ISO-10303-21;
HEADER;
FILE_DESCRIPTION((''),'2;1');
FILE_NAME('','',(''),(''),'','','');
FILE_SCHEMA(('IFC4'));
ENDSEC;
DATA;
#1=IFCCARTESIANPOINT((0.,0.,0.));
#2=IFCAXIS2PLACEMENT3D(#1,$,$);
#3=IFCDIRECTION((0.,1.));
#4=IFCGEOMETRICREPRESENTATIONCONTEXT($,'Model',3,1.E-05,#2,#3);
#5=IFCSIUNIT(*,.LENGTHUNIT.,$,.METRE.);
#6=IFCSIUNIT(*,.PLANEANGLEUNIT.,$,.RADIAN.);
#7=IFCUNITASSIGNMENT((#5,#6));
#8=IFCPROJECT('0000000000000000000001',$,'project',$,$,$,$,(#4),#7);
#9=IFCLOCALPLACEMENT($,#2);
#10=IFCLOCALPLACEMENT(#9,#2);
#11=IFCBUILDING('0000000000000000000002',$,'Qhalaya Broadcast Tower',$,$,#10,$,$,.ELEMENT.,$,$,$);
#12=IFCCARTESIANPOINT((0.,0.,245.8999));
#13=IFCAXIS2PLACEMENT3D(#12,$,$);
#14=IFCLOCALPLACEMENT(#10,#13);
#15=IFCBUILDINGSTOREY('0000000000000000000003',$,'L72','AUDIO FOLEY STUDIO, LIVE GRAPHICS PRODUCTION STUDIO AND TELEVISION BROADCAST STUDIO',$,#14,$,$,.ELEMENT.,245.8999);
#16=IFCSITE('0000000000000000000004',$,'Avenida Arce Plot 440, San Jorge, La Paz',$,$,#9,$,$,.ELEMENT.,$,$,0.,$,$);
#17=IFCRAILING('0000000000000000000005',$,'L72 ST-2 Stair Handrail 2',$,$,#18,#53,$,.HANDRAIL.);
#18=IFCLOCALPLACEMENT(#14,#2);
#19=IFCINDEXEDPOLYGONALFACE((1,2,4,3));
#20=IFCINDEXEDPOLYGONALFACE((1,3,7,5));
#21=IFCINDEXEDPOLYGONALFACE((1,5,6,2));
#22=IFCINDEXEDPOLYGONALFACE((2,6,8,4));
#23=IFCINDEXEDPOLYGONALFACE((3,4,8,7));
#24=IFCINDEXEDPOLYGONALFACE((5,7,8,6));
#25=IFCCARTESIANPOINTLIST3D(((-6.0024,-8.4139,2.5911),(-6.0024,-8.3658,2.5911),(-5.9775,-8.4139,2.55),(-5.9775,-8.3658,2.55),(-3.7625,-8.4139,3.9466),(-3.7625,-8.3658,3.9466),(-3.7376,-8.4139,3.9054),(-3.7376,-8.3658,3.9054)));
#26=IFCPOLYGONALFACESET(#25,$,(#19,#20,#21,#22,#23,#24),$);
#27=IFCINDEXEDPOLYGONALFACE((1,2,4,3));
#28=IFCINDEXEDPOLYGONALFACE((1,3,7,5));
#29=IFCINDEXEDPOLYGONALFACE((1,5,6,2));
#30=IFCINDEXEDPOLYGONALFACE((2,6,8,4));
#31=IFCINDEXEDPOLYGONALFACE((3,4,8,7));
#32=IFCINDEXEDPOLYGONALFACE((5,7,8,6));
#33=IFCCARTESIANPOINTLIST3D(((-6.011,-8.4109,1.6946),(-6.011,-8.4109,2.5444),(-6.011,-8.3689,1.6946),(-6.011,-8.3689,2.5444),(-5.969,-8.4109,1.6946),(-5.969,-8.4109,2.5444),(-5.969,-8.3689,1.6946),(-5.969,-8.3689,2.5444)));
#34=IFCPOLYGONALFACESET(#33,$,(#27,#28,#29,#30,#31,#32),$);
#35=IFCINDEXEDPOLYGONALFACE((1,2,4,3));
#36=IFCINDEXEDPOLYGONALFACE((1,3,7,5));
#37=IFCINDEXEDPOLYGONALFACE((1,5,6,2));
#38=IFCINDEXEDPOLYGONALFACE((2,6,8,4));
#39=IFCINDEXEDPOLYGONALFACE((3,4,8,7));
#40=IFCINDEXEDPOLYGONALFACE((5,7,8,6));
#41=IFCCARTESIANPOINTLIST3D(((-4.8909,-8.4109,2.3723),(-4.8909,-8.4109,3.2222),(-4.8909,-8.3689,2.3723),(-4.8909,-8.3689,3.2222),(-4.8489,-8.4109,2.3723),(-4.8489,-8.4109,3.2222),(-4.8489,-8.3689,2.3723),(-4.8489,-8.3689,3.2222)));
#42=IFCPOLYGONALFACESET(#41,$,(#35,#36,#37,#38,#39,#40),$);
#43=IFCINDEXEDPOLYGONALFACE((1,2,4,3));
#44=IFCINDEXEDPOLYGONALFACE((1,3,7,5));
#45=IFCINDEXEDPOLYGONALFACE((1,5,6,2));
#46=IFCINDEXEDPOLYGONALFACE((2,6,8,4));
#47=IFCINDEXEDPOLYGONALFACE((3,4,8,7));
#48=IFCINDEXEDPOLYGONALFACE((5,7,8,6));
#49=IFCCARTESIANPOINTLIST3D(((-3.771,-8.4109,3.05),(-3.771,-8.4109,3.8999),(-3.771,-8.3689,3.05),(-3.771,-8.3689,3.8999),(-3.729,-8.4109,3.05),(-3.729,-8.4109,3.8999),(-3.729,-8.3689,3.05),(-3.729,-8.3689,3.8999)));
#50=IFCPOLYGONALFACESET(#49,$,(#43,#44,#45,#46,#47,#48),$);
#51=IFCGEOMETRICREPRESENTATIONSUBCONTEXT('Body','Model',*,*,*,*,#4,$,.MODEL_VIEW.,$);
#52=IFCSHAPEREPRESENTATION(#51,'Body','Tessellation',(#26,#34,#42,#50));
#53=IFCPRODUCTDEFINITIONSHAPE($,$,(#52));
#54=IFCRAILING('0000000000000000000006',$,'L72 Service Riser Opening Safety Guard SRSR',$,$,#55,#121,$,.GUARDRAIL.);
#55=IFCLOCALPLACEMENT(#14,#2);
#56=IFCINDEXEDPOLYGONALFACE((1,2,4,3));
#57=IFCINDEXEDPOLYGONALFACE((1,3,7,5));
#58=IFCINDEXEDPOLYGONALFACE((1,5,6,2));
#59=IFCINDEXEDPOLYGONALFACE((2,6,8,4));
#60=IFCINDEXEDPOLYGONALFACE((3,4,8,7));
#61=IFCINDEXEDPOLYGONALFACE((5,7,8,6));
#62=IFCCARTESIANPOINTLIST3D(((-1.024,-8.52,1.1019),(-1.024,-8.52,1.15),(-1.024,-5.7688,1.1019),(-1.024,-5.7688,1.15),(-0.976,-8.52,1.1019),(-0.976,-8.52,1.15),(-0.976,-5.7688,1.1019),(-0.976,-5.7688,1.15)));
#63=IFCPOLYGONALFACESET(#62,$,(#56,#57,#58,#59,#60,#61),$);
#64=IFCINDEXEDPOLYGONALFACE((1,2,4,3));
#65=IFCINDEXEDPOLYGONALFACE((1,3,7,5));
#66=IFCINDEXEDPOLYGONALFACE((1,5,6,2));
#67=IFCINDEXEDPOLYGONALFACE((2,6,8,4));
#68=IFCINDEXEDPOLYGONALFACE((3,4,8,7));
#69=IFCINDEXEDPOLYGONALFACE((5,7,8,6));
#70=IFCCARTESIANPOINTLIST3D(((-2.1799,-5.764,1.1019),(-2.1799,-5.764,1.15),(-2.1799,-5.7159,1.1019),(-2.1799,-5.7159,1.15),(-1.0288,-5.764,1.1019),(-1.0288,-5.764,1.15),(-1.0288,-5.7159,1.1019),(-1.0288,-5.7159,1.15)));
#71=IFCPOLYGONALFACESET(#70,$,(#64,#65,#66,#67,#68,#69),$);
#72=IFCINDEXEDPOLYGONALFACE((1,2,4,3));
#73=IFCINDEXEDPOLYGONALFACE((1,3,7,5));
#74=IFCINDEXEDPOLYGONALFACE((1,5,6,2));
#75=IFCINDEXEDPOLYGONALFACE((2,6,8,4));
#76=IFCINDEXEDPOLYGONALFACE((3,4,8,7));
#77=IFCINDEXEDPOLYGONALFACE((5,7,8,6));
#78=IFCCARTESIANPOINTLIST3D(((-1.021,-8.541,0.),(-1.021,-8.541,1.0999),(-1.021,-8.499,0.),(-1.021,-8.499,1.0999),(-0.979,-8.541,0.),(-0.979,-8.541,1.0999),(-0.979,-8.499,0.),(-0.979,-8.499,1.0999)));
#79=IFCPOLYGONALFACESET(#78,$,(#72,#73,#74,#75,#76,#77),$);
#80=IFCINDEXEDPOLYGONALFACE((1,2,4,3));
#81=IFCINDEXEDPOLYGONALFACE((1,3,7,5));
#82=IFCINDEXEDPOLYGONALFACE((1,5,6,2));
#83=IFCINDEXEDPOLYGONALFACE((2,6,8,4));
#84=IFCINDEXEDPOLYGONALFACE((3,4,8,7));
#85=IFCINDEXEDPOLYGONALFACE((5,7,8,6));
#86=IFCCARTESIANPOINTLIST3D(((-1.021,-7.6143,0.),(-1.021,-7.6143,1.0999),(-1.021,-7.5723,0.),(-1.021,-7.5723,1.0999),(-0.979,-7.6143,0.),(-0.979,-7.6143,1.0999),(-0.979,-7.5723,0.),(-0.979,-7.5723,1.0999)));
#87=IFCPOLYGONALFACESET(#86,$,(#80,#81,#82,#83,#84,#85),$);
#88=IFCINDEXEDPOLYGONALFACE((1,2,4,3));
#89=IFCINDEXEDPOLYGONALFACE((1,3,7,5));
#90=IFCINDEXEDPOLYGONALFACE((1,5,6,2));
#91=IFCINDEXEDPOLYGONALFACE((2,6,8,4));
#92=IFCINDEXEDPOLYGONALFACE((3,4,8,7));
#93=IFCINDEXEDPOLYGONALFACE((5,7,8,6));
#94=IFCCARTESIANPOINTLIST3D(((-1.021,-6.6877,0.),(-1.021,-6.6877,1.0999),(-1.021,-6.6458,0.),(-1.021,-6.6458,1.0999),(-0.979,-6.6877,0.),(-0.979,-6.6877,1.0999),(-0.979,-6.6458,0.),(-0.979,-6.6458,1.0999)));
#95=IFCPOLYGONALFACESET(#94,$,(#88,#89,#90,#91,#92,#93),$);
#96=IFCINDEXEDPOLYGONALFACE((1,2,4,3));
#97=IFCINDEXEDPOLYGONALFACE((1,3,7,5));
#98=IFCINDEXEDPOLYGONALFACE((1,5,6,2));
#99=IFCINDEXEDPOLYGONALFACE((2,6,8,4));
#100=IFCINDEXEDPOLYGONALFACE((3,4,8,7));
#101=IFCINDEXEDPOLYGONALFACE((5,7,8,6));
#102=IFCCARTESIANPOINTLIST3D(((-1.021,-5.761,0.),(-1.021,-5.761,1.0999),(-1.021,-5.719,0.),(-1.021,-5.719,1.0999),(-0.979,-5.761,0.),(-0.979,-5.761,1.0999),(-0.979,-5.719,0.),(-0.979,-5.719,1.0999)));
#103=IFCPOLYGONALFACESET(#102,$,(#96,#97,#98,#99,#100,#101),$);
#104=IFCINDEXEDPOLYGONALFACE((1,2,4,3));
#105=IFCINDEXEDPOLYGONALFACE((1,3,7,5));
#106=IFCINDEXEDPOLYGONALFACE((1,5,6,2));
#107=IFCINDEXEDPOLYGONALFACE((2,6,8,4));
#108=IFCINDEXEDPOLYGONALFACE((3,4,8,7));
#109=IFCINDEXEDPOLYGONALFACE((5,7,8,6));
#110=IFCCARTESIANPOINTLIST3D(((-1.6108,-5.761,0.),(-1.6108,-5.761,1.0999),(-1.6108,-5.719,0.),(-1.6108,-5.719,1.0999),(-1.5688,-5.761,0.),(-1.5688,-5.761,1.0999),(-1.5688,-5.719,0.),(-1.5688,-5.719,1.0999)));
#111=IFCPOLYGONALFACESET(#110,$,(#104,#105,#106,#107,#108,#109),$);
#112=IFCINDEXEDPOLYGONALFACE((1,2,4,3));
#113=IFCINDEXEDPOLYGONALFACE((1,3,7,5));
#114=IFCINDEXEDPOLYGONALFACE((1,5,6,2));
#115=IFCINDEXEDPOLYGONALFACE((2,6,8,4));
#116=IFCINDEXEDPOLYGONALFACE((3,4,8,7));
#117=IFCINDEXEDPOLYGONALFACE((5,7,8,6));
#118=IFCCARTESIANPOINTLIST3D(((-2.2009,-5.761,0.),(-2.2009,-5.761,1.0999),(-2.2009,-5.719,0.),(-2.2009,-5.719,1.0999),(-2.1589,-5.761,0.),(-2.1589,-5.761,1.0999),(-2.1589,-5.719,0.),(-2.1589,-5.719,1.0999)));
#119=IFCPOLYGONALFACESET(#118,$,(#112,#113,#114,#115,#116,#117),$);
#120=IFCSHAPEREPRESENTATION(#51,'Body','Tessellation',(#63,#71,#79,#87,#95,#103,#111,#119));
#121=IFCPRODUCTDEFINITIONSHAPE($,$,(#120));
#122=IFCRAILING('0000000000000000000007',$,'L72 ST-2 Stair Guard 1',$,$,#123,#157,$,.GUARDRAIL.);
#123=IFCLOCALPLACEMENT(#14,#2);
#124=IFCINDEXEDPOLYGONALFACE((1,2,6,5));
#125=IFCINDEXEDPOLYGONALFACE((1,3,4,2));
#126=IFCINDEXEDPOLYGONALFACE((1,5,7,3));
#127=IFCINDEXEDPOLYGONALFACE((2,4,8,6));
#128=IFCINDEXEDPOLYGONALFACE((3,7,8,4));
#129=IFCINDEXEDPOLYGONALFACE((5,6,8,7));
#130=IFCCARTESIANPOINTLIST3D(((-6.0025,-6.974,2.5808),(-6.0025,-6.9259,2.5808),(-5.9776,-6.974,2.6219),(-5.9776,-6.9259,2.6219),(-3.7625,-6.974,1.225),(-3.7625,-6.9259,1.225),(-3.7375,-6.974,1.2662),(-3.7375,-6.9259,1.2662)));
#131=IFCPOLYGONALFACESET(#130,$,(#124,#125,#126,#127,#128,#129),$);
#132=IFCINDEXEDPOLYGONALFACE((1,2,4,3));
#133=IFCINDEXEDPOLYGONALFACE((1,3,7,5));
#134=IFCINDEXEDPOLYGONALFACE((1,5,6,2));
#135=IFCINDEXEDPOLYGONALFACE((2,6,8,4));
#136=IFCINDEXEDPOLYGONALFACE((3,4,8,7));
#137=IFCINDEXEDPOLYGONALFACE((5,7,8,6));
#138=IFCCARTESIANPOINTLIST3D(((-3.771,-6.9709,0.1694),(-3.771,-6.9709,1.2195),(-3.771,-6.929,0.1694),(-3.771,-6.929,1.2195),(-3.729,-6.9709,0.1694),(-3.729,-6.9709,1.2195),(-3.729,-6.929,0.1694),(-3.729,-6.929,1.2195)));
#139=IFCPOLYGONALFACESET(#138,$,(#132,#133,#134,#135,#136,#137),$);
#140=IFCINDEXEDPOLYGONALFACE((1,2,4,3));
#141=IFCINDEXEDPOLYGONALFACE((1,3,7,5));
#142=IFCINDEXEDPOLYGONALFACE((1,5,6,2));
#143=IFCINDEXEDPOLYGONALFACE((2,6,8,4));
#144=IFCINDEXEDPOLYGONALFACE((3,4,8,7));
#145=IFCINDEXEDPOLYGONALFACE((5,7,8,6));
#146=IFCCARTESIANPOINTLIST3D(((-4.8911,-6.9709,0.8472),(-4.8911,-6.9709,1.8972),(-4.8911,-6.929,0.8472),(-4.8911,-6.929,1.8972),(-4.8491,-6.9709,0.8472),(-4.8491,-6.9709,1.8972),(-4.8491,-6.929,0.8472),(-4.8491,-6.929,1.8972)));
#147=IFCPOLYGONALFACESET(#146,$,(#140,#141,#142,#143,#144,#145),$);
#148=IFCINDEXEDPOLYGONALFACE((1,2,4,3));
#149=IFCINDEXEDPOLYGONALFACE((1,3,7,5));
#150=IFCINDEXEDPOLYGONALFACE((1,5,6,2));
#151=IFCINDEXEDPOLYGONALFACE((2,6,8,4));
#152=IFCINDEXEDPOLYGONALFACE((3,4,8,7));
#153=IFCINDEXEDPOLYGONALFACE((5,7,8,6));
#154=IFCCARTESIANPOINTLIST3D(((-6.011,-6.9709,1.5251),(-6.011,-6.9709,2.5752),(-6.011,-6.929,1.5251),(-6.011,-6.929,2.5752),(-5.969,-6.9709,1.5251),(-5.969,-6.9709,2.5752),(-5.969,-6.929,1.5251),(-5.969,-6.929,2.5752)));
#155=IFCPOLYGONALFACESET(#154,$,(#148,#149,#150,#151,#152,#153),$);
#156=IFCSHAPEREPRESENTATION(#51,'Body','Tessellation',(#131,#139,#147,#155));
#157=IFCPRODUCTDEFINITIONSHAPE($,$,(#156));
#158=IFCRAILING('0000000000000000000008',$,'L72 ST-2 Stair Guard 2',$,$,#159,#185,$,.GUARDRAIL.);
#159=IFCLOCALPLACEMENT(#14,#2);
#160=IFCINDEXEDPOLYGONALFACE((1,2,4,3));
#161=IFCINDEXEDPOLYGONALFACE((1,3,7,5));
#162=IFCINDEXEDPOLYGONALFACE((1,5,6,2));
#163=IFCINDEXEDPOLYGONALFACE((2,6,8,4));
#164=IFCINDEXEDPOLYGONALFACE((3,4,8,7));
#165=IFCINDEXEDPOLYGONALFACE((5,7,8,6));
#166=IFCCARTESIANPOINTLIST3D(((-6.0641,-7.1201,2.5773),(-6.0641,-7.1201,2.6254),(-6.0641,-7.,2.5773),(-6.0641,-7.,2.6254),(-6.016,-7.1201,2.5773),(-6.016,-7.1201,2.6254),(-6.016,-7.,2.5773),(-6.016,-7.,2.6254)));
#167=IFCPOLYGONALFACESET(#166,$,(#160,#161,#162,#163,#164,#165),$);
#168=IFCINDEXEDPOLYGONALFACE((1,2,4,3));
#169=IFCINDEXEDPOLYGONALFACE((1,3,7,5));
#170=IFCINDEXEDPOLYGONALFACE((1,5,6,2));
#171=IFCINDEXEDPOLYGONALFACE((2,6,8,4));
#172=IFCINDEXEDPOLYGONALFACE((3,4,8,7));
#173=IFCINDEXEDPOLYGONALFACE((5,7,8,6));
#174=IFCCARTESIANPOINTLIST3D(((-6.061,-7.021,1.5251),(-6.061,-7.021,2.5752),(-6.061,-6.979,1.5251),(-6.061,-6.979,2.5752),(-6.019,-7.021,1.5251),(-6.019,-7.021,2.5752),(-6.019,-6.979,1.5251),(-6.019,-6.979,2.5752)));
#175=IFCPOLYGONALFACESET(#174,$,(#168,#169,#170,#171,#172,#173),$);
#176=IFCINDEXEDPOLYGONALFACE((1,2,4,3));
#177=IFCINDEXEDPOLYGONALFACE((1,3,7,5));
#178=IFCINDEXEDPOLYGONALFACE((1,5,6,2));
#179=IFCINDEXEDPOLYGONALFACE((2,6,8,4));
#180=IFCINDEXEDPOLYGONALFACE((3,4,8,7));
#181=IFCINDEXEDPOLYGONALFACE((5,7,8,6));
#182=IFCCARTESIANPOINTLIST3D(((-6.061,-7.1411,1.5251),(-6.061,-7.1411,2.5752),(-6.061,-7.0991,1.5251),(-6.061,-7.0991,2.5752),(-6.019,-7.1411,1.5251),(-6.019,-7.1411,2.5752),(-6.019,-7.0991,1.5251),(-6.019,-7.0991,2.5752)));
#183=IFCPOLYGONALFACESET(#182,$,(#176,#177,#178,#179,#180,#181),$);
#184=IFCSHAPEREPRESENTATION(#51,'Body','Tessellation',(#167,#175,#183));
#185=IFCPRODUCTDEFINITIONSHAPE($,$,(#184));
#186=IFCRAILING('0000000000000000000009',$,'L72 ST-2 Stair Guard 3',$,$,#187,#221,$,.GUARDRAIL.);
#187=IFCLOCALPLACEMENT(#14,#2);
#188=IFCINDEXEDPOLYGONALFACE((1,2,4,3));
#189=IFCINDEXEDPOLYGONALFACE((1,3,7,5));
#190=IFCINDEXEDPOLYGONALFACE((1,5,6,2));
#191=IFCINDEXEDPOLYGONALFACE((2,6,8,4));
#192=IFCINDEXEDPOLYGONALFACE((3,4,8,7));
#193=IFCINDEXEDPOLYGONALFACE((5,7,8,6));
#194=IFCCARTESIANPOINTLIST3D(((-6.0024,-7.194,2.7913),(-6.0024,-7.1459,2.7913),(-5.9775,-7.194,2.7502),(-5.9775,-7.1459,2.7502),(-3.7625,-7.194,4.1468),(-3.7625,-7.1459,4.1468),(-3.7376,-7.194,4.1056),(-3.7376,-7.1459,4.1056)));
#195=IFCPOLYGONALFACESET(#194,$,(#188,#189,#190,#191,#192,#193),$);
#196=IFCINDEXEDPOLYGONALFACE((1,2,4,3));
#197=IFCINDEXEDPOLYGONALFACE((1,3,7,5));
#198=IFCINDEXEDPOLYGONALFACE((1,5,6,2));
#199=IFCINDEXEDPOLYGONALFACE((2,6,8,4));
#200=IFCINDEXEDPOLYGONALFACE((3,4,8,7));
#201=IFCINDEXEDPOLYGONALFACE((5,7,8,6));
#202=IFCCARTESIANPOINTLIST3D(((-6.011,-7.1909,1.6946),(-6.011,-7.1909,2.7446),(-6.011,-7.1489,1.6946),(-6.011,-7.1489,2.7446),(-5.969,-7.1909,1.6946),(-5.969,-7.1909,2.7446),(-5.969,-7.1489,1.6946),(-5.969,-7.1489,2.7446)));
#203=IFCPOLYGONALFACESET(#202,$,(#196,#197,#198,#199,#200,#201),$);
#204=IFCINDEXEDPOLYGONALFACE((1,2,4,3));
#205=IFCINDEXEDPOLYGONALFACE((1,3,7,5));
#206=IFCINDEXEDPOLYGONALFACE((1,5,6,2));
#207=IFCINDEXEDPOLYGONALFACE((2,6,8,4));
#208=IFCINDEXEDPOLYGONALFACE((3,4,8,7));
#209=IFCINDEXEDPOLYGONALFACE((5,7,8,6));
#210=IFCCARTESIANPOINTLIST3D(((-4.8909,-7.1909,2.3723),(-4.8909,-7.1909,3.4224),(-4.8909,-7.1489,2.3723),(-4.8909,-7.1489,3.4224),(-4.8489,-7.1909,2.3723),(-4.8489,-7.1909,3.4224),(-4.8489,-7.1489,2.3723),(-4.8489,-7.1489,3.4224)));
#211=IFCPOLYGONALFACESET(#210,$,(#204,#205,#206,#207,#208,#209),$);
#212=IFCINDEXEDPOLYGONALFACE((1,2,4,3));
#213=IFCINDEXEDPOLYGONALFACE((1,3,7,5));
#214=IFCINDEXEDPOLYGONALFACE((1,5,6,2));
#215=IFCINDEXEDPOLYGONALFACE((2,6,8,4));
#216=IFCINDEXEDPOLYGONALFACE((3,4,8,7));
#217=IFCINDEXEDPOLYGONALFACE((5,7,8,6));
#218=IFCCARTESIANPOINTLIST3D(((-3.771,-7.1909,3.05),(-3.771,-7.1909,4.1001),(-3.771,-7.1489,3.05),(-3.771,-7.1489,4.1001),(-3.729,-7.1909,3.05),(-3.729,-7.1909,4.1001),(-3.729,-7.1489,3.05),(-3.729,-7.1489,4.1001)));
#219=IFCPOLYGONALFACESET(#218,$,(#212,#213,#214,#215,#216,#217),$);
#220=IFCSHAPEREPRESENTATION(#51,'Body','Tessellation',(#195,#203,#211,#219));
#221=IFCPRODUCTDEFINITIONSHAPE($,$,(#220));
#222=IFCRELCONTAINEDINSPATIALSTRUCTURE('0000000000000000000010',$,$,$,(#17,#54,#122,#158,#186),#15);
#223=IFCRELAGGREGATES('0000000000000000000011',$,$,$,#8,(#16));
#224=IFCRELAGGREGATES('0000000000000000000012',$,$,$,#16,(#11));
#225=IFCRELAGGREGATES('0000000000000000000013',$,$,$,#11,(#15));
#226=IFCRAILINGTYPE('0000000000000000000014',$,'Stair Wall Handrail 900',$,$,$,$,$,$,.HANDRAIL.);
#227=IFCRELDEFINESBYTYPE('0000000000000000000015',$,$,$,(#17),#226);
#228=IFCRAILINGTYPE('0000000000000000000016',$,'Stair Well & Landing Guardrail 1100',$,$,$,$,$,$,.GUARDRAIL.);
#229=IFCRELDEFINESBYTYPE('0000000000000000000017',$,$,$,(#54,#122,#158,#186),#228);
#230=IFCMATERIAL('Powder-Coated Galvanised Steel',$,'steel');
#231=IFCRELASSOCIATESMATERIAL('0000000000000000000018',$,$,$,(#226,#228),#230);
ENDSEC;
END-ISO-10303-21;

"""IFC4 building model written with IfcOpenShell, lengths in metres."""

from ifc_helpers import new_model, si_unit, direction, frame, origin, origin_2d, place, context, subcontext, project, spatial, rectangle, extrude, material, type_object, element, save


model = new_model("IFC4")

# Units and contexts
model_context = context("Model", 3, precision=1e-05, world=origin(), true_north=direction((0.0, 1.0)))
body_context = subcontext(model_context, "Body", "Model", "MODEL_VIEW")
ifc_project = project(units=[si_unit("LENGTHUNIT", "METRE"), si_unit("PLANEANGLEUNIT", "RADIAN")], contexts=[model_context])

# Site, building, storey
site_placement = place(None, origin())
site = spatial("IfcSite", under=ifc_project, at=site_placement, Name="Avenida Arce Plot 440, San Jorge, La Paz", CompositionType="ELEMENT", RefElevation=0.0)
building_placement = place(site_placement, origin())
building = spatial("IfcBuilding", under=site, at=building_placement, Name="Qhalaya Broadcast Tower", CompositionType="ELEMENT")
storey_placement = place(building_placement, frame((0.0, 0.0, 245.8999)))
storey = spatial("IfcBuildingStorey", under=building, at=storey_placement, Name="L72", Description="AUDIO FOLEY STUDIO, LIVE GRAPHICS PRODUCTION STUDIO AND TELEVISION BROADCAST STUDIO", CompositionType="ELEMENT", Elevation=245.8999)

# Railings
ifc_material_1 = material(Name="Powder-Coated Galvanised Steel", Category="steel")
railing_type_1 = type_object("IfcRailingType", Name="Stair Wall Handrail 900", PredefinedType="HANDRAIL", material=ifc_material_1)
railing_1_placement = place(storey_placement, frame((-5.99, -8.3899, 1.6946)))
element("IfcRailing", 1, at=railing_1_placement, inside=storey, type_object=railing_type_1, Name="L72 ST-2 Stair Handrail 2", PredefinedType="HANDRAIL", context=body_context, shape_type="SweptSolid", body=[
    extrude(rectangle(XDim=0.0481, YDim=0.0481, at=origin_2d()), frame((0.0, 0.0, 0.876), z_axis=(0.855553, 0.0, 0.517715), x_axis=(0.0, 1.0, 0.0)), (0.0, 0.0, 1.0), 2.6182),
    extrude(rectangle(XDim=0.042, YDim=0.042, at=origin_2d()), origin(), (0.0, 0.0, 1.0), 0.8499),
    extrude(rectangle(XDim=0.042, YDim=0.042, at=origin_2d()), frame((1.1201, 0.0, 0.6777)), (0.0, 0.0, 1.0), 0.8499),
    extrude(rectangle(XDim=0.042, YDim=0.042, at=origin_2d()), frame((2.24, 0.0, 1.3555)), (0.0, 0.0, 1.0), 0.8499),
])
railing_type_2 = type_object("IfcRailingType", Name="Stair Well & Landing Guardrail 1100", PredefinedType="GUARDRAIL", material=ifc_material_1)
railing_2_placement = place(storey_placement, frame((-1.0, -8.52, 0.0)))
element("IfcRailing", 2, at=railing_2_placement, inside=storey, type_object=railing_type_2, Name="L72 Service Riser Opening Safety Guard SRSR", PredefinedType="GUARDRAIL", context=body_context, shape_type="SweptSolid", body=[
    extrude(rectangle(XDim=0.0481, YDim=0.0481, at=origin_2d()), frame((0.0, 0.0, 1.126), z_axis=(0.0, 1.0, 0.0), x_axis=(-1.0, 0.0, 0.0)), (0.0, 0.0, 1.0), 2.7512),
    extrude(rectangle(XDim=0.0481, YDim=0.0481, at=origin_2d()), frame((-0.0288, 2.78, 1.126), z_axis=(-1.0, 0.0, 0.0), x_axis=(0.0, -1.0, 0.0)), (0.0, 0.0, 1.0), 1.1511),
    extrude(rectangle(XDim=0.042, YDim=0.042, at=origin_2d()), origin(), (0.0, 0.0, 1.0), 1.0999),
    extrude(rectangle(XDim=0.042, YDim=0.042, at=origin_2d()), frame((0.0, 0.9268, 0.0)), (0.0, 0.0, 1.0), 1.0999),
    extrude(rectangle(XDim=0.042, YDim=0.042, at=origin_2d()), frame((0.0, 1.8533, 0.0)), (0.0, 0.0, 1.0), 1.0999),
    extrude(rectangle(XDim=0.042, YDim=0.042, at=origin_2d()), frame((0.0, 2.78, 0.0)), (0.0, 0.0, 1.0), 1.0999),
    extrude(rectangle(XDim=0.042, YDim=0.042, at=origin_2d()), frame((-0.5898, 2.78, 0.0)), (0.0, 0.0, 1.0), 1.0999),
    extrude(rectangle(XDim=0.042, YDim=0.042, at=origin_2d()), frame((-1.1799, 2.78, 0.0)), (0.0, 0.0, 1.0), 1.0999),
])
railing_3_placement = place(storey_placement, frame((-3.75, -6.95, 0.1694)))
element("IfcRailing", 3, at=railing_3_placement, inside=storey, type_object=railing_type_2, Name="L72 ST-2 Stair Guard 1", PredefinedType="GUARDRAIL", context=body_context, shape_type="SweptSolid", body=[
    extrude(rectangle(XDim=0.0481, YDim=0.0481, at=origin_2d()), frame((0.0, 0.0, 1.0762), z_axis=(-0.855512, 0.0, 0.517783), x_axis=(0.0, -1.0, 0.0)), (0.0, 0.0, 1.0), 2.6184),
    extrude(rectangle(XDim=0.042, YDim=0.042, at=origin_2d()), origin(), (0.0, 0.0, 1.0), 1.05),
    extrude(rectangle(XDim=0.042, YDim=0.042, at=origin_2d()), frame((-1.1201, 0.0, 0.6777)), (0.0, 0.0, 1.0), 1.05),
    extrude(rectangle(XDim=0.042, YDim=0.042, at=origin_2d()), frame((-2.24, 0.0, 1.3557)), (0.0, 0.0, 1.0), 1.05),
])
railing_4_placement = place(storey_placement, frame((-6.04, -7.0, 1.5251)))
element("IfcRailing", 4, at=railing_4_placement, inside=storey, type_object=railing_type_2, Name="L72 ST-2 Stair Guard 2", PredefinedType="GUARDRAIL", context=body_context, shape_type="SweptSolid", body=[
    extrude(rectangle(XDim=0.0481, YDim=0.0481, at=origin_2d()), frame((0.0, 0.0, 1.0762), z_axis=(0.0, -1.0, 0.0), x_axis=(1.0, 0.0, 0.0)), (0.0, 0.0, 1.0), 0.1201),
    extrude(rectangle(XDim=0.042, YDim=0.042, at=origin_2d()), origin(), (0.0, 0.0, 1.0), 1.05),
    extrude(rectangle(XDim=0.042, YDim=0.042, at=origin_2d()), frame((0.0, -0.1201, 0.0)), (0.0, 0.0, 1.0), 1.05),
])
railing_5_placement = place(storey_placement, frame((-5.99, -7.1699, 1.6946)))
element("IfcRailing", 5, at=railing_5_placement, inside=storey, type_object=railing_type_2, Name="L72 ST-2 Stair Guard 3", PredefinedType="GUARDRAIL", context=body_context, shape_type="SweptSolid", body=[
    extrude(rectangle(XDim=0.0481, YDim=0.0481, at=origin_2d()), frame((0.0, 0.0, 1.0762), z_axis=(0.855553, 0.0, 0.517715), x_axis=(0.0, 1.0, 0.0)), (0.0, 0.0, 1.0), 2.6182),
    extrude(rectangle(XDim=0.042, YDim=0.042, at=origin_2d()), origin(), (0.0, 0.0, 1.0), 1.05),
    extrude(rectangle(XDim=0.042, YDim=0.042, at=origin_2d()), frame((1.1201, 0.0, 0.6777)), (0.0, 0.0, 1.0), 1.05),
    extrude(rectangle(XDim=0.042, YDim=0.042, at=origin_2d()), frame((2.24, 0.0, 1.3555)), (0.0, 0.0, 1.0), 1.05),
])

save(model, "model.ifc")
